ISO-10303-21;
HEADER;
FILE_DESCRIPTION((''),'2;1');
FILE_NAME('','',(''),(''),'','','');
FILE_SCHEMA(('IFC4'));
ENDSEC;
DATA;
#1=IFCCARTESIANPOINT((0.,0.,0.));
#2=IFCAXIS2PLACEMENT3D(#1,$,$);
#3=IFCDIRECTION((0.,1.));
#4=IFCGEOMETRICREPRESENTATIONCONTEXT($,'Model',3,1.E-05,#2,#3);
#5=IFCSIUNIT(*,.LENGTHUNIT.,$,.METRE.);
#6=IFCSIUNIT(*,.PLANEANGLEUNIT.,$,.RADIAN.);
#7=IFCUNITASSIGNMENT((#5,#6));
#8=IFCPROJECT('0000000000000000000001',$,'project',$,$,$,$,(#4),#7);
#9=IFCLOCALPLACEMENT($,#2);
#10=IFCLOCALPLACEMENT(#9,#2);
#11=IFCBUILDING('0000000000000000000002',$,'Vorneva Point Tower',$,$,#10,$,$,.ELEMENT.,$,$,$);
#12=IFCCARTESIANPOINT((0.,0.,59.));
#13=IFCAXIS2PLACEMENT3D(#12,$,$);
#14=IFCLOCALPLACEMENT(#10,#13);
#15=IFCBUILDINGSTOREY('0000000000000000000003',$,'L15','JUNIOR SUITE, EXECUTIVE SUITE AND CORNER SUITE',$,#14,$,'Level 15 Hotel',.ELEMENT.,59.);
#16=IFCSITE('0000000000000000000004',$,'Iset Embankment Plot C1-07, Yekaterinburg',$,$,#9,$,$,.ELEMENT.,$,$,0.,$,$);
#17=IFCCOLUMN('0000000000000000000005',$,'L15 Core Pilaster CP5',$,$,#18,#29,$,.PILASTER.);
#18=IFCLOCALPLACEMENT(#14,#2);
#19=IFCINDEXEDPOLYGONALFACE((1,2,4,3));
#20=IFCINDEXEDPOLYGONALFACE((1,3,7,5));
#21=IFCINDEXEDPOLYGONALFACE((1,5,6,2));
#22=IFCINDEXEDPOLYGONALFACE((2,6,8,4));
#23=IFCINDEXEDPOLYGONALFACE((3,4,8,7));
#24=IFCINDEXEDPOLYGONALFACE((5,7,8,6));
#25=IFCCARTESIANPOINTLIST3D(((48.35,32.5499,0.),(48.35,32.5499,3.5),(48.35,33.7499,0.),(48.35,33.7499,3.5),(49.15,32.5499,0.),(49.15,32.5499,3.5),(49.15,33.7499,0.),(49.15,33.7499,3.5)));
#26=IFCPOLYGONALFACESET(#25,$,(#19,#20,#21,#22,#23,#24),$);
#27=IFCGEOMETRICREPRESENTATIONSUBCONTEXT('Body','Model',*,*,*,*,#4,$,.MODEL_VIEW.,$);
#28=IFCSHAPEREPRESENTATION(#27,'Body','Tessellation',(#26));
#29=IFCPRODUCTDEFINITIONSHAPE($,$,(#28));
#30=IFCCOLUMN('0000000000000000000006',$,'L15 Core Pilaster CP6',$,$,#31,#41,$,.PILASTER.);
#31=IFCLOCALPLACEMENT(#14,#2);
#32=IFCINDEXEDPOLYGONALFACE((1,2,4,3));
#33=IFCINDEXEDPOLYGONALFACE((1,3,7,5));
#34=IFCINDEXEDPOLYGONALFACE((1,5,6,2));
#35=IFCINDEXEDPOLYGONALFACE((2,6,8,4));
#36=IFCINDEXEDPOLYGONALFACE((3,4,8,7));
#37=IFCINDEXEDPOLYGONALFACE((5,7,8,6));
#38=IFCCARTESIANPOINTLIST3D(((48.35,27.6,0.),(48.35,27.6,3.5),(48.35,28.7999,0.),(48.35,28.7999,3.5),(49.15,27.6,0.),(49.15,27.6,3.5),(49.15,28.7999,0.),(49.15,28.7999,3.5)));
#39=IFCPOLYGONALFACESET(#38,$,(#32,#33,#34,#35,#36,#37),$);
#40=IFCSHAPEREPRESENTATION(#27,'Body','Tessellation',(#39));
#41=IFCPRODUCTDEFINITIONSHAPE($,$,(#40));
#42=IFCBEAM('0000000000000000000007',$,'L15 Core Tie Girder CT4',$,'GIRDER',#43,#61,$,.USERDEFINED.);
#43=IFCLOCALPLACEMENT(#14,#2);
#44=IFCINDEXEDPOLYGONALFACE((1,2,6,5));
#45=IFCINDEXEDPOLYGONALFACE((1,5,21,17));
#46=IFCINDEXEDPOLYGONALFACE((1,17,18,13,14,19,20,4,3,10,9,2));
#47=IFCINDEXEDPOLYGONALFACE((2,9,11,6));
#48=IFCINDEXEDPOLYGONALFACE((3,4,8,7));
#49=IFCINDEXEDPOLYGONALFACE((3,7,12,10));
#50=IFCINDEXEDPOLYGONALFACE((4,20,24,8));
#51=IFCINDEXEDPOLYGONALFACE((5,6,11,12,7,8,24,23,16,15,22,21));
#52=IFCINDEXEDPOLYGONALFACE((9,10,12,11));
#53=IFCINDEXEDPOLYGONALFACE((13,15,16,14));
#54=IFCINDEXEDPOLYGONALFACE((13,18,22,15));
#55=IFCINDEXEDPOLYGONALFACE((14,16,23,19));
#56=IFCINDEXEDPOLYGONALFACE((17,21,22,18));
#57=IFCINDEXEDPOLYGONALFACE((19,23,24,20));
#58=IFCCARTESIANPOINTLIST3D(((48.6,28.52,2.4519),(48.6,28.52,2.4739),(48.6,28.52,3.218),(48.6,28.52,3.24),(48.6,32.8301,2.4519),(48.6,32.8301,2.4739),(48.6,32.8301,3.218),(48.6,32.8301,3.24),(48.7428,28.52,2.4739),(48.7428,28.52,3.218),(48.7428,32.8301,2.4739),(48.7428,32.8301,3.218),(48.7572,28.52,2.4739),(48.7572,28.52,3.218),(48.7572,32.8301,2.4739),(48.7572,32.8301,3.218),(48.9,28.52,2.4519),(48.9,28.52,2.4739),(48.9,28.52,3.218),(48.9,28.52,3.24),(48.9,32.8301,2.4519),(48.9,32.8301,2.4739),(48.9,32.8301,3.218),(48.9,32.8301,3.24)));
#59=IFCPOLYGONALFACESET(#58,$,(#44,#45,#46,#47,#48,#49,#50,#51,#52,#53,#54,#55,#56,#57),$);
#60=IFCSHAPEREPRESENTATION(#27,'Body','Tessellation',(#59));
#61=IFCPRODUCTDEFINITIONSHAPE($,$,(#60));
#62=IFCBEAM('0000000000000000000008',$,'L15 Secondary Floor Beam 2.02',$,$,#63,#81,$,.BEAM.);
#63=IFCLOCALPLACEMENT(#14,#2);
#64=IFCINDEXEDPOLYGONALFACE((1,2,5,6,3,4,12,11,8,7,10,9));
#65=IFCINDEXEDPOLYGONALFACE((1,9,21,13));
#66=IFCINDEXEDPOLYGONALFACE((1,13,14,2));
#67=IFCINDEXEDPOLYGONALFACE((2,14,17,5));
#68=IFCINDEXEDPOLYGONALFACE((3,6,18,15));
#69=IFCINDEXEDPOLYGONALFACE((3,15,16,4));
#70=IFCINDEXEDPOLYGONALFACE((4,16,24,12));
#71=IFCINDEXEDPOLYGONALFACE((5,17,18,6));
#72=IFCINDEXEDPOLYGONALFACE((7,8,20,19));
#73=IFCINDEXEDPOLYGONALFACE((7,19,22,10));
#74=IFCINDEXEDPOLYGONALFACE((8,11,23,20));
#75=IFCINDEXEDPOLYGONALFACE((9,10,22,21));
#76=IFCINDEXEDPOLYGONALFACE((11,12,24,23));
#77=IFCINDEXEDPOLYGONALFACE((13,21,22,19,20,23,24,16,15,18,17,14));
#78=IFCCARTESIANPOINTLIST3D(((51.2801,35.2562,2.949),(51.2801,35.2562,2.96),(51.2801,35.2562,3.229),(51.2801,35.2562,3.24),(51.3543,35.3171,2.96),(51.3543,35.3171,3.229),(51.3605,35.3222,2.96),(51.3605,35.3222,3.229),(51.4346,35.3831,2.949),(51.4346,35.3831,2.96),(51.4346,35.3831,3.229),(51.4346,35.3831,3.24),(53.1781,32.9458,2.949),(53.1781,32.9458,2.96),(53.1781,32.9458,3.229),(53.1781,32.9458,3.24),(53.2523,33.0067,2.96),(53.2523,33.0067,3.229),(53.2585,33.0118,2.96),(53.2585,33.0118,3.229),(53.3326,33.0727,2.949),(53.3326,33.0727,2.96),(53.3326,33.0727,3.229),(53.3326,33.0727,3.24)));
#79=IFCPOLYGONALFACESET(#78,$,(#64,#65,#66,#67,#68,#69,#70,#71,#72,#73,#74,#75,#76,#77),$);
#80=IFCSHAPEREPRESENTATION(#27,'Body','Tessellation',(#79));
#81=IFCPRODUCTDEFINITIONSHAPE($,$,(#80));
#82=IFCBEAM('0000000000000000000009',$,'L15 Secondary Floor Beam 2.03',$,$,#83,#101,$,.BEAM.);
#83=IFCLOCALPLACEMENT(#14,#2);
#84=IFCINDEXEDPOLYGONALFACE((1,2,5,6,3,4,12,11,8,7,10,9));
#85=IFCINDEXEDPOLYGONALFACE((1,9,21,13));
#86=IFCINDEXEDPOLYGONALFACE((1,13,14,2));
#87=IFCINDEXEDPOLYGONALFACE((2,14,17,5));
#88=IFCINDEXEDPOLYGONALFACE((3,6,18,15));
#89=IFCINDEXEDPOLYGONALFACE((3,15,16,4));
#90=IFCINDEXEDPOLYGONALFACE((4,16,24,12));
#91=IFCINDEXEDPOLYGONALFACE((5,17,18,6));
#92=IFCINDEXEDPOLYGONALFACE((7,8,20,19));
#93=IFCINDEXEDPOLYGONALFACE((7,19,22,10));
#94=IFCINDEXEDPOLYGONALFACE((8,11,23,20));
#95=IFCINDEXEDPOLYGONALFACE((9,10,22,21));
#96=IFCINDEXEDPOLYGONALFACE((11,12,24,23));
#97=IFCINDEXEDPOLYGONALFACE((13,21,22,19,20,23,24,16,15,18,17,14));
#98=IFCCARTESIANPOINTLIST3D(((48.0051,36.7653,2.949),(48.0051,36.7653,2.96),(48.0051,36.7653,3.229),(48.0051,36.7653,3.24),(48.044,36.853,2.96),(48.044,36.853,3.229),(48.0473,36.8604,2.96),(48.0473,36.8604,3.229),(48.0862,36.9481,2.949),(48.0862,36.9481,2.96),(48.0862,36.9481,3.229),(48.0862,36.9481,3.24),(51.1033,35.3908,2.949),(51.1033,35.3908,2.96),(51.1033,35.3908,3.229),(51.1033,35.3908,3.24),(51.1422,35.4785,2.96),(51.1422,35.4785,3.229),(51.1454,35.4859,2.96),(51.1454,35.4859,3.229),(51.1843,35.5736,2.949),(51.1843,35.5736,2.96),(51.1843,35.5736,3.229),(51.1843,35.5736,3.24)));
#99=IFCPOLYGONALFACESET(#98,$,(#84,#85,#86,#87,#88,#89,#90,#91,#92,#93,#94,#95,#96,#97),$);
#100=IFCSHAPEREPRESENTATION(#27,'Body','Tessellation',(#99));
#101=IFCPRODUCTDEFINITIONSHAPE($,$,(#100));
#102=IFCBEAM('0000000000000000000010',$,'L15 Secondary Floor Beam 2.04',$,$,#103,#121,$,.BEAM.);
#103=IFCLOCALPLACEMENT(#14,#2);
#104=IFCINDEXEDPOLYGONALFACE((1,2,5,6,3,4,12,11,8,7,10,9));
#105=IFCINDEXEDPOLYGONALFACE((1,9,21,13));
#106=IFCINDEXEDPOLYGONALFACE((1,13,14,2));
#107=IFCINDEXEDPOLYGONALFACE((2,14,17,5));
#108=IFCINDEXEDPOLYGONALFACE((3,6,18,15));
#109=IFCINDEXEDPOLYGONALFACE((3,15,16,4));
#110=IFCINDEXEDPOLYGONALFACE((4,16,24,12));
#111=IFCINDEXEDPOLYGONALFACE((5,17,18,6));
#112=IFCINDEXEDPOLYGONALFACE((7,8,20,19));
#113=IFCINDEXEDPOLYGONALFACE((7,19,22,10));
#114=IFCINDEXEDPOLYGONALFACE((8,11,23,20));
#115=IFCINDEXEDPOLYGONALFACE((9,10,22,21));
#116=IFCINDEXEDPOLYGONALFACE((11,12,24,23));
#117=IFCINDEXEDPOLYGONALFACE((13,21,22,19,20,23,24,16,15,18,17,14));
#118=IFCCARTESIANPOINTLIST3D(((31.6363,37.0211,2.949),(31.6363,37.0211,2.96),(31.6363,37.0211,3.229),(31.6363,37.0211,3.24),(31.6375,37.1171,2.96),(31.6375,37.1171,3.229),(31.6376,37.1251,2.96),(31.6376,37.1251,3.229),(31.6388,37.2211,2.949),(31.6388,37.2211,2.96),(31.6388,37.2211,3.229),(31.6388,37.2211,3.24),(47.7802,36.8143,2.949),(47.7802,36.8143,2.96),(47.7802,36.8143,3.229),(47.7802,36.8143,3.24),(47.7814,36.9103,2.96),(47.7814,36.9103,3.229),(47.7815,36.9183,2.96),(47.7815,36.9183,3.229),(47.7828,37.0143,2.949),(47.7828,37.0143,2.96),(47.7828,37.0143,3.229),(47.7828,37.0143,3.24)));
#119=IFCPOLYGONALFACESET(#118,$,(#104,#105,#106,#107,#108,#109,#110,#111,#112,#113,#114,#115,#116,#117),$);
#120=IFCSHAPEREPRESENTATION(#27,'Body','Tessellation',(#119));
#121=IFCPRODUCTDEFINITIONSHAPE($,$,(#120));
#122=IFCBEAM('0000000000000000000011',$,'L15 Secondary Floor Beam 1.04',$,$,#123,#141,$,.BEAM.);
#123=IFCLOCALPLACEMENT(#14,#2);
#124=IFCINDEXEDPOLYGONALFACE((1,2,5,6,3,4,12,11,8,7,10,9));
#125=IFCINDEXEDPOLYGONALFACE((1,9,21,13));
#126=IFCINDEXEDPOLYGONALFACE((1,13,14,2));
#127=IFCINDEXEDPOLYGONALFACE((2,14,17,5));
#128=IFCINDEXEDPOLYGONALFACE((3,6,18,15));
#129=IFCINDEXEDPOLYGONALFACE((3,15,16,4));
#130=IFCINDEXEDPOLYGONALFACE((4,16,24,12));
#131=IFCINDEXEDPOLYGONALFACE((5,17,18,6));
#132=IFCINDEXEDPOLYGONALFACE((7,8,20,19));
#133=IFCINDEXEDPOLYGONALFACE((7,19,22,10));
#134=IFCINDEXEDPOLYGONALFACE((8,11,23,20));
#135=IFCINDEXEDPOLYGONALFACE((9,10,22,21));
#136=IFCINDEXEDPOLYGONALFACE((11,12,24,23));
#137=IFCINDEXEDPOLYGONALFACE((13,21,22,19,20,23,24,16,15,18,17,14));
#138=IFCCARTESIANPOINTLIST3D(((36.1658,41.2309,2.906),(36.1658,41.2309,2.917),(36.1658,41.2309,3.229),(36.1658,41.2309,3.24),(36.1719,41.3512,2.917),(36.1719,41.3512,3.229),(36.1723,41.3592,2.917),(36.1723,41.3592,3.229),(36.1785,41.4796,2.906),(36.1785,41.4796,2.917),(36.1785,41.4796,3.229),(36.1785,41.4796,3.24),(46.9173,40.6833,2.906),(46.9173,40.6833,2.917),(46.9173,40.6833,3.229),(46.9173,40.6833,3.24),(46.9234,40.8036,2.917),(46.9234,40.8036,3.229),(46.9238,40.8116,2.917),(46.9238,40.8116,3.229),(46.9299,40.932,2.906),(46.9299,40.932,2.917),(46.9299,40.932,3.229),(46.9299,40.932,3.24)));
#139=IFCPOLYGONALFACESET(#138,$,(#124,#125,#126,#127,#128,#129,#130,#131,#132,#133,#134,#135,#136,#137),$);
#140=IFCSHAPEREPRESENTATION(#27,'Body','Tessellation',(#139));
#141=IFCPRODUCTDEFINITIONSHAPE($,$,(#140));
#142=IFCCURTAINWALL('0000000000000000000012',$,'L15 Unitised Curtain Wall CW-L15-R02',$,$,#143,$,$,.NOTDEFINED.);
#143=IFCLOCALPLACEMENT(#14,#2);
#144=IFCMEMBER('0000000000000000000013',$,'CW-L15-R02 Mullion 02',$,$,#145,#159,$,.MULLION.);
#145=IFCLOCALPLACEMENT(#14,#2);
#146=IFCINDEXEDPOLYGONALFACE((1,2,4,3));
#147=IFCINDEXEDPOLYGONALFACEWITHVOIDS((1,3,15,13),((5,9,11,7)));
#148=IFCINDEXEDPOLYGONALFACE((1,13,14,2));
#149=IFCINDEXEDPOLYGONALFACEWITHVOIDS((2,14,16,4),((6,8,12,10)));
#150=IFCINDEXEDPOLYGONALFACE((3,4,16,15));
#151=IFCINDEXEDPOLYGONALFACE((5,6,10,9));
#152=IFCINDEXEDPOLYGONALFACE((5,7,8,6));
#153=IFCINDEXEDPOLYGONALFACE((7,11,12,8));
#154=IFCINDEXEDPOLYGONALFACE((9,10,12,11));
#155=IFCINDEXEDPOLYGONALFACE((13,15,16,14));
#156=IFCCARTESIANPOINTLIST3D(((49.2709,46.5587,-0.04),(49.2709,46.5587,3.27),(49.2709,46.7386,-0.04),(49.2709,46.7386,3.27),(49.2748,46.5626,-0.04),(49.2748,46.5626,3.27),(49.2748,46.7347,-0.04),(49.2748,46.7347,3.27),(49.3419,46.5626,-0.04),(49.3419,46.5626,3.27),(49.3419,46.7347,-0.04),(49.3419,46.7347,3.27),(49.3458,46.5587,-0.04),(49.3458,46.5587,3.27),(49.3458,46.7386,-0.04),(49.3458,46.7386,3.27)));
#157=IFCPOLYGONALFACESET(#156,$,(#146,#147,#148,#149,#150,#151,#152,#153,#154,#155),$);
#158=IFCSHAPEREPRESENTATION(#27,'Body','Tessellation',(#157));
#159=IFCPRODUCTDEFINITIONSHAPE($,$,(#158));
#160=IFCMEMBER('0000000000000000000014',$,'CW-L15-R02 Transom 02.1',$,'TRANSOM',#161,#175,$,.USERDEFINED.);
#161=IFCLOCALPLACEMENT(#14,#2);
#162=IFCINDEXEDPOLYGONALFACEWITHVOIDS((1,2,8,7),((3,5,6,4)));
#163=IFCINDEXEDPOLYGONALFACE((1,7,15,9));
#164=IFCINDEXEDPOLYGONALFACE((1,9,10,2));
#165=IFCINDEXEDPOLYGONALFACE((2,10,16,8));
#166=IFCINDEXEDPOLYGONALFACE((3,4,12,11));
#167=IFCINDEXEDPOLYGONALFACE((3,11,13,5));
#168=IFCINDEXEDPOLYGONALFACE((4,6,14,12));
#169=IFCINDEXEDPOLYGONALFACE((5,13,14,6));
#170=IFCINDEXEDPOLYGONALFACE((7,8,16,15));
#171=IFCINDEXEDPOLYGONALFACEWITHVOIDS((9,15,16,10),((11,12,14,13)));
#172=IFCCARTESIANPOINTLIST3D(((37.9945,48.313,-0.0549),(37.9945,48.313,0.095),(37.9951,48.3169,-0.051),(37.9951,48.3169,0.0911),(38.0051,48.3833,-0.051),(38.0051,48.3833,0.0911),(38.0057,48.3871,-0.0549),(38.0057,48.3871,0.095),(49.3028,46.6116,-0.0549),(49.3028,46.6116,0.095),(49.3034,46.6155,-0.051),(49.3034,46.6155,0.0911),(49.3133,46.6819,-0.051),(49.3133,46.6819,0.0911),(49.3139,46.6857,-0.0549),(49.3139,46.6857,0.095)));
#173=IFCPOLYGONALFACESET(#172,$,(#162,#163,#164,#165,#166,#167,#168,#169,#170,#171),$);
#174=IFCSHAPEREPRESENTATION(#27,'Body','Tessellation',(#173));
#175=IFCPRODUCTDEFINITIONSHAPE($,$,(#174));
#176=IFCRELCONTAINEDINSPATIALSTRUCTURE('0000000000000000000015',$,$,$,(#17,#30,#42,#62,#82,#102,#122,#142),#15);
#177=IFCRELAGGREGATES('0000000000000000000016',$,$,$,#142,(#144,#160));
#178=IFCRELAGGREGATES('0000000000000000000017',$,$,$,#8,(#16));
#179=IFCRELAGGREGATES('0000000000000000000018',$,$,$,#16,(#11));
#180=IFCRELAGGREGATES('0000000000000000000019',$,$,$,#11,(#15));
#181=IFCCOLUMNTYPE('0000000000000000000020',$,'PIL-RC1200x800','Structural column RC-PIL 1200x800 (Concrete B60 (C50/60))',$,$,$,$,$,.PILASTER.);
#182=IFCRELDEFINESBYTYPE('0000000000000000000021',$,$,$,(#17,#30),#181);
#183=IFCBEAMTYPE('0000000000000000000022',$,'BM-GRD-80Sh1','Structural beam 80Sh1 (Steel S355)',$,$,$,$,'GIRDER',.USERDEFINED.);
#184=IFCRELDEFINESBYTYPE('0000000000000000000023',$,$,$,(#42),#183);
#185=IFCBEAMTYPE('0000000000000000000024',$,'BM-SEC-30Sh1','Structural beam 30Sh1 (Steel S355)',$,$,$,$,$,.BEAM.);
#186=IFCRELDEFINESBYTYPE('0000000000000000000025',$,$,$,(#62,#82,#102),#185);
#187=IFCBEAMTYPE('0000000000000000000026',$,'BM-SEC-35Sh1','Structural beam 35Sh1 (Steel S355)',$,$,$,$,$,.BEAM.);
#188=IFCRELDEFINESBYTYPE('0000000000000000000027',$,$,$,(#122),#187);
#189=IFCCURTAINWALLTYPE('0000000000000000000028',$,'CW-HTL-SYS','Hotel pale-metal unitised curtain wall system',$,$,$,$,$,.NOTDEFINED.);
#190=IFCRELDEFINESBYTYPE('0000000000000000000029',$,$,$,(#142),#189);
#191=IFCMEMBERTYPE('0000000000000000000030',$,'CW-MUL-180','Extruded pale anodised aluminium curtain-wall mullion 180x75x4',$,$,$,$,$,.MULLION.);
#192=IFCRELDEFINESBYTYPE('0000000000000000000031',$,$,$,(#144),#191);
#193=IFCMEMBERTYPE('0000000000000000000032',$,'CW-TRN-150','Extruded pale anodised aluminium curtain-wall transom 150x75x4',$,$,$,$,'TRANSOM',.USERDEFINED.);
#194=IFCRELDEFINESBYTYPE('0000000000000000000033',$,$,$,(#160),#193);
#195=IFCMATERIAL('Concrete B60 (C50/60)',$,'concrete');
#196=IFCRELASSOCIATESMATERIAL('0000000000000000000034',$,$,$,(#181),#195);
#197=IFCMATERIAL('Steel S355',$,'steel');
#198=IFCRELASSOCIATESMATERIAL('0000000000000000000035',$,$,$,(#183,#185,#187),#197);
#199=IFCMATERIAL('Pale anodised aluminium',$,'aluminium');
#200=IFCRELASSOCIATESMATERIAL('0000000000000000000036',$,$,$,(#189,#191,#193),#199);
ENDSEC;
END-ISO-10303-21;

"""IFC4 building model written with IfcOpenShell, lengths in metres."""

from ifc_helpers import new_model, si_unit, direction, frame, origin, origin_2d, place, context, subcontext, project, spatial, rectangle, hollow_rectangle, i_section, extrude, material, material_profile, profile_set, type_object, element, aggregate, save


model = new_model("IFC4")

# Units and contexts
model_context = context("Model", 3, precision=1e-05, world=origin(), true_north=direction((0.0, 1.0)))
body_context = subcontext(model_context, "Body", "Model", "MODEL_VIEW")
ifc_project = project(units=[si_unit("LENGTHUNIT", "METRE"), si_unit("PLANEANGLEUNIT", "RADIAN")], contexts=[model_context])

# Site, building, storey
site_placement = place(None, origin())
site = spatial("IfcSite", under=ifc_project, at=site_placement, Name="Iset Embankment Plot C1-07, Yekaterinburg", CompositionType="ELEMENT", RefElevation=0.0)
building_placement = place(site_placement, origin())
building = spatial("IfcBuilding", under=site, at=building_placement, Name="Vorneva Point Tower", CompositionType="ELEMENT")
storey_placement = place(building_placement, frame((0.0, 0.0, 59.0)))
storey = spatial("IfcBuildingStorey", under=building, at=storey_placement, Name="L15", Description="JUNIOR SUITE, EXECUTIVE SUITE AND CORNER SUITE", LongName="Level 15 Hotel", CompositionType="ELEMENT", Elevation=59.0)

# Columns
ifc_material_1 = material(Name="Concrete B60 (C50/60)", Category="concrete")
ifc_material_profile_1 = material_profile(ifc_material_1, rectangle(XDim=0.8, YDim=1.2, at=origin_2d()), Name="RC-PIL 1200x800")
ifc_profile_set_1 = profile_set([ifc_material_profile_1], Name="Concrete B60 (C50/60)")
column_type_1 = type_object("IfcColumnType", Name="PIL-RC1200x800", Description="Structural column RC-PIL 1200x800 (Concrete B60 (C50/60))", PredefinedType="PILASTER", material=ifc_profile_set_1)
for number, where, z_axis, x_axis, name in (
    (1, (48.75, 33.1499, 0.0), (0.0, 0.0, 1.0), (1.0, 0.0, 0.0), "L15 Core Pilaster CP5"),
    (2, (48.75, 28.2, 0.0), (0.0, 0.0, 1.0), (1.0, 0.0, 0.0), "L15 Core Pilaster CP6"),
):
    element("IfcColumn", number, at=place(storey_placement, frame(where, z_axis=z_axis, x_axis=x_axis)), inside=storey, type_object=column_type_1, Name=name, PredefinedType="PILASTER", context=body_context, shape_type="SweptSolid", body=[
        extrude(rectangle(XDim=0.8, YDim=1.2, at=origin_2d()), origin(), (0.0, 0.0, 1.0), 3.5),
    ])

# Beams
ifc_material_2 = material(Name="Steel S355", Category="steel")
ifc_material_profile_2 = material_profile(ifc_material_2, i_section(OverallWidth=0.3, OverallDepth=0.7881, WebThickness=0.0144, FlangeThickness=0.022, at=origin_2d()), Name="80Sh1")
ifc_profile_set_2 = profile_set([ifc_material_profile_2], Name="Steel S355")
beam_type_1 = type_object("IfcBeamType", Name="BM-GRD-80Sh1", Description="Structural beam 80Sh1 (Steel S355)", ElementType="GIRDER", PredefinedType="USERDEFINED", material=ifc_profile_set_2)
beam_1_placement = place(storey_placement, frame((48.75, 28.52, 2.8459), z_axis=(0.0, 1.0, 0.0), x_axis=(-1.0, 0.0, 0.0)))
element("IfcBeam", 3, at=beam_1_placement, inside=storey, type_object=beam_type_1, Name="L15 Core Tie Girder CT4", ObjectType="GIRDER", PredefinedType="USERDEFINED", context=body_context, shape_type="SweptSolid", body=[
    extrude(i_section(OverallWidth=0.3, OverallDepth=0.7881, WebThickness=0.0144, FlangeThickness=0.022, at=origin_2d()), origin(), (0.0, 0.0, 1.0), 4.3101),
])
ifc_material_profile_3 = material_profile(ifc_material_2, i_section(OverallWidth=0.2, OverallDepth=0.291, WebThickness=0.0081, FlangeThickness=0.011, at=origin_2d()), Name="30Sh1")
ifc_profile_set_3 = profile_set([ifc_material_profile_3], Name="Steel S355")
beam_type_2 = type_object("IfcBeamType", Name="BM-SEC-30Sh1", Description="Structural beam 30Sh1 (Steel S355)", PredefinedType="BEAM", material=ifc_profile_set_3)
beam_2_placement = place(storey_placement, frame((53.2554, 33.0093, 3.0945), z_axis=(-0.634779, 0.772693, 0.0), x_axis=(-0.772693, -0.634779, 0.0)))
element("IfcBeam", 4, at=beam_2_placement, inside=storey, type_object=beam_type_2, Name="L15 Secondary Floor Beam 2.02", PredefinedType="BEAM", context=body_context, shape_type="SweptSolid", body=[
    extrude(i_section(OverallWidth=0.2, OverallDepth=0.291, WebThickness=0.0081, FlangeThickness=0.011, at=origin_2d()), origin(), (0.0, 0.0, 1.0), 2.99),
])
beam_3_placement = place(storey_placement, frame((51.1438, 35.4822, 3.0945), z_axis=(-0.914079, 0.405537, 0.0), x_axis=(-0.405537, -0.914079, 0.0)))
element("IfcBeam", 5, at=beam_3_placement, inside=storey, type_object=beam_type_2, Name="L15 Secondary Floor Beam 2.03", PredefinedType="BEAM", context=body_context, shape_type="SweptSolid", body=[
    extrude(i_section(OverallWidth=0.2, OverallDepth=0.291, WebThickness=0.0081, FlangeThickness=0.011, at=origin_2d()), origin(), (0.0, 0.0, 1.0), 3.3894),
])
beam_4_placement = place(storey_placement, frame((47.7815, 36.9143, 3.0945), z_axis=(-0.999918, 0.012808, 0.0), x_axis=(-0.012808, -0.999918, 0.0)))
element("IfcBeam", 6, at=beam_4_placement, inside=storey, type_object=beam_type_2, Name="L15 Secondary Floor Beam 2.04", PredefinedType="BEAM", context=body_context, shape_type="SweptSolid", body=[
    extrude(i_section(OverallWidth=0.2, OverallDepth=0.291, WebThickness=0.0081, FlangeThickness=0.011, at=origin_2d()), origin(), (0.0, 0.0, 1.0), 16.1453),
])
ifc_material_profile_4 = material_profile(ifc_material_2, i_section(OverallWidth=0.249, OverallDepth=0.334, WebThickness=0.0081, FlangeThickness=0.011, at=origin_2d()), Name="35Sh1")
ifc_profile_set_4 = profile_set([ifc_material_profile_4], Name="Steel S355")
beam_type_3 = type_object("IfcBeamType", Name="BM-SEC-35Sh1", Description="Structural beam 35Sh1 (Steel S355)", PredefinedType="BEAM", material=ifc_profile_set_4)
beam_5_placement = place(storey_placement, frame((46.9236, 40.8076, 3.073), z_axis=(-0.998705, 0.050867, 0.0), x_axis=(-0.050867, -0.998705, 0.0)))
element("IfcBeam", 7, at=beam_5_placement, inside=storey, type_object=beam_type_3, Name="L15 Secondary Floor Beam 1.04", PredefinedType="BEAM", context=body_context, shape_type="SweptSolid", body=[
    extrude(i_section(OverallWidth=0.249, OverallDepth=0.334, WebThickness=0.0081, FlangeThickness=0.011, at=origin_2d()), origin(), (0.0, 0.0, 1.0), 10.7654),
])

# Curtain wall, members
ifc_material_3 = material(Name="Pale anodised aluminium", Category="aluminium")
curtain_wall_type = type_object("IfcCurtainWallType", Name="CW-HTL-SYS", Description="Hotel pale-metal unitised curtain wall system", PredefinedType="NOTDEFINED", material=ifc_material_3)
curtain_wall_placement = place(storey_placement, origin())
curtain_wall = element("IfcCurtainWall", 8, at=curtain_wall_placement, inside=storey, type_object=curtain_wall_type, Name="L15 Unitised Curtain Wall CW-L15-R02", PredefinedType="NOTDEFINED")
ifc_material_profile_5 = material_profile(ifc_material_3, hollow_rectangle(XDim=0.075, YDim=0.1799, WallThickness=0.0039, at=origin_2d()), Name="AL-MUL 180x75x4")
ifc_profile_set_5 = profile_set([ifc_material_profile_5], Name="Pale anodised aluminium")
member_type_1 = type_object("IfcMemberType", Name="CW-MUL-180", Description="Extruded pale anodised aluminium curtain-wall mullion 180x75x4", PredefinedType="MULLION", material=ifc_profile_set_5)
member_1_placement = place(storey_placement, frame((49.3083, 46.6487, -0.04), z_axis=(0.0, 0.0, 1.0), x_axis=(1.0, 0.0, 0.0)))
member_1 = element("IfcMember", 9, at=member_1_placement, type_object=member_type_1, Name="CW-L15-R02 Mullion 02", PredefinedType="MULLION", context=body_context, shape_type="SweptSolid", body=[
    extrude(hollow_rectangle(XDim=0.075, YDim=0.1799, WallThickness=0.0039, at=origin_2d()), origin(), (0.0, 0.0, 1.0), 3.3101),
])
ifc_material_profile_6 = material_profile(ifc_material_3, hollow_rectangle(XDim=0.075, YDim=0.1499, WallThickness=0.0039, at=origin_2d()), Name="AL-TRN 150x75x4")
ifc_profile_set_6 = profile_set([ifc_material_profile_6], Name="Pale anodised aluminium")
member_type_2 = type_object("IfcMemberType", Name="CW-TRN-150", Description="Extruded pale anodised aluminium curtain-wall transom 150x75x4", ElementType="TRANSOM", PredefinedType="USERDEFINED", material=ifc_profile_set_6)
member_2_placement = place(storey_placement, frame((49.3083, 46.6487, 0.02), z_axis=(-0.98887, 0.148782, 0.0), x_axis=(-0.148782, -0.98887, 0.0)))
member_2 = element("IfcMember", 10, at=member_2_placement, type_object=member_type_2, Name="CW-L15-R02 Transom 02.1", ObjectType="TRANSOM", PredefinedType="USERDEFINED", context=body_context, shape_type="SweptSolid", body=[
    extrude(hollow_rectangle(XDim=0.075, YDim=0.1499, WallThickness=0.0039, at=origin_2d()), origin(), (0.0, 0.0, 1.0), 11.4355),
])
aggregate(curtain_wall, [member_1, member_2])

save(model, "model.ifc")
